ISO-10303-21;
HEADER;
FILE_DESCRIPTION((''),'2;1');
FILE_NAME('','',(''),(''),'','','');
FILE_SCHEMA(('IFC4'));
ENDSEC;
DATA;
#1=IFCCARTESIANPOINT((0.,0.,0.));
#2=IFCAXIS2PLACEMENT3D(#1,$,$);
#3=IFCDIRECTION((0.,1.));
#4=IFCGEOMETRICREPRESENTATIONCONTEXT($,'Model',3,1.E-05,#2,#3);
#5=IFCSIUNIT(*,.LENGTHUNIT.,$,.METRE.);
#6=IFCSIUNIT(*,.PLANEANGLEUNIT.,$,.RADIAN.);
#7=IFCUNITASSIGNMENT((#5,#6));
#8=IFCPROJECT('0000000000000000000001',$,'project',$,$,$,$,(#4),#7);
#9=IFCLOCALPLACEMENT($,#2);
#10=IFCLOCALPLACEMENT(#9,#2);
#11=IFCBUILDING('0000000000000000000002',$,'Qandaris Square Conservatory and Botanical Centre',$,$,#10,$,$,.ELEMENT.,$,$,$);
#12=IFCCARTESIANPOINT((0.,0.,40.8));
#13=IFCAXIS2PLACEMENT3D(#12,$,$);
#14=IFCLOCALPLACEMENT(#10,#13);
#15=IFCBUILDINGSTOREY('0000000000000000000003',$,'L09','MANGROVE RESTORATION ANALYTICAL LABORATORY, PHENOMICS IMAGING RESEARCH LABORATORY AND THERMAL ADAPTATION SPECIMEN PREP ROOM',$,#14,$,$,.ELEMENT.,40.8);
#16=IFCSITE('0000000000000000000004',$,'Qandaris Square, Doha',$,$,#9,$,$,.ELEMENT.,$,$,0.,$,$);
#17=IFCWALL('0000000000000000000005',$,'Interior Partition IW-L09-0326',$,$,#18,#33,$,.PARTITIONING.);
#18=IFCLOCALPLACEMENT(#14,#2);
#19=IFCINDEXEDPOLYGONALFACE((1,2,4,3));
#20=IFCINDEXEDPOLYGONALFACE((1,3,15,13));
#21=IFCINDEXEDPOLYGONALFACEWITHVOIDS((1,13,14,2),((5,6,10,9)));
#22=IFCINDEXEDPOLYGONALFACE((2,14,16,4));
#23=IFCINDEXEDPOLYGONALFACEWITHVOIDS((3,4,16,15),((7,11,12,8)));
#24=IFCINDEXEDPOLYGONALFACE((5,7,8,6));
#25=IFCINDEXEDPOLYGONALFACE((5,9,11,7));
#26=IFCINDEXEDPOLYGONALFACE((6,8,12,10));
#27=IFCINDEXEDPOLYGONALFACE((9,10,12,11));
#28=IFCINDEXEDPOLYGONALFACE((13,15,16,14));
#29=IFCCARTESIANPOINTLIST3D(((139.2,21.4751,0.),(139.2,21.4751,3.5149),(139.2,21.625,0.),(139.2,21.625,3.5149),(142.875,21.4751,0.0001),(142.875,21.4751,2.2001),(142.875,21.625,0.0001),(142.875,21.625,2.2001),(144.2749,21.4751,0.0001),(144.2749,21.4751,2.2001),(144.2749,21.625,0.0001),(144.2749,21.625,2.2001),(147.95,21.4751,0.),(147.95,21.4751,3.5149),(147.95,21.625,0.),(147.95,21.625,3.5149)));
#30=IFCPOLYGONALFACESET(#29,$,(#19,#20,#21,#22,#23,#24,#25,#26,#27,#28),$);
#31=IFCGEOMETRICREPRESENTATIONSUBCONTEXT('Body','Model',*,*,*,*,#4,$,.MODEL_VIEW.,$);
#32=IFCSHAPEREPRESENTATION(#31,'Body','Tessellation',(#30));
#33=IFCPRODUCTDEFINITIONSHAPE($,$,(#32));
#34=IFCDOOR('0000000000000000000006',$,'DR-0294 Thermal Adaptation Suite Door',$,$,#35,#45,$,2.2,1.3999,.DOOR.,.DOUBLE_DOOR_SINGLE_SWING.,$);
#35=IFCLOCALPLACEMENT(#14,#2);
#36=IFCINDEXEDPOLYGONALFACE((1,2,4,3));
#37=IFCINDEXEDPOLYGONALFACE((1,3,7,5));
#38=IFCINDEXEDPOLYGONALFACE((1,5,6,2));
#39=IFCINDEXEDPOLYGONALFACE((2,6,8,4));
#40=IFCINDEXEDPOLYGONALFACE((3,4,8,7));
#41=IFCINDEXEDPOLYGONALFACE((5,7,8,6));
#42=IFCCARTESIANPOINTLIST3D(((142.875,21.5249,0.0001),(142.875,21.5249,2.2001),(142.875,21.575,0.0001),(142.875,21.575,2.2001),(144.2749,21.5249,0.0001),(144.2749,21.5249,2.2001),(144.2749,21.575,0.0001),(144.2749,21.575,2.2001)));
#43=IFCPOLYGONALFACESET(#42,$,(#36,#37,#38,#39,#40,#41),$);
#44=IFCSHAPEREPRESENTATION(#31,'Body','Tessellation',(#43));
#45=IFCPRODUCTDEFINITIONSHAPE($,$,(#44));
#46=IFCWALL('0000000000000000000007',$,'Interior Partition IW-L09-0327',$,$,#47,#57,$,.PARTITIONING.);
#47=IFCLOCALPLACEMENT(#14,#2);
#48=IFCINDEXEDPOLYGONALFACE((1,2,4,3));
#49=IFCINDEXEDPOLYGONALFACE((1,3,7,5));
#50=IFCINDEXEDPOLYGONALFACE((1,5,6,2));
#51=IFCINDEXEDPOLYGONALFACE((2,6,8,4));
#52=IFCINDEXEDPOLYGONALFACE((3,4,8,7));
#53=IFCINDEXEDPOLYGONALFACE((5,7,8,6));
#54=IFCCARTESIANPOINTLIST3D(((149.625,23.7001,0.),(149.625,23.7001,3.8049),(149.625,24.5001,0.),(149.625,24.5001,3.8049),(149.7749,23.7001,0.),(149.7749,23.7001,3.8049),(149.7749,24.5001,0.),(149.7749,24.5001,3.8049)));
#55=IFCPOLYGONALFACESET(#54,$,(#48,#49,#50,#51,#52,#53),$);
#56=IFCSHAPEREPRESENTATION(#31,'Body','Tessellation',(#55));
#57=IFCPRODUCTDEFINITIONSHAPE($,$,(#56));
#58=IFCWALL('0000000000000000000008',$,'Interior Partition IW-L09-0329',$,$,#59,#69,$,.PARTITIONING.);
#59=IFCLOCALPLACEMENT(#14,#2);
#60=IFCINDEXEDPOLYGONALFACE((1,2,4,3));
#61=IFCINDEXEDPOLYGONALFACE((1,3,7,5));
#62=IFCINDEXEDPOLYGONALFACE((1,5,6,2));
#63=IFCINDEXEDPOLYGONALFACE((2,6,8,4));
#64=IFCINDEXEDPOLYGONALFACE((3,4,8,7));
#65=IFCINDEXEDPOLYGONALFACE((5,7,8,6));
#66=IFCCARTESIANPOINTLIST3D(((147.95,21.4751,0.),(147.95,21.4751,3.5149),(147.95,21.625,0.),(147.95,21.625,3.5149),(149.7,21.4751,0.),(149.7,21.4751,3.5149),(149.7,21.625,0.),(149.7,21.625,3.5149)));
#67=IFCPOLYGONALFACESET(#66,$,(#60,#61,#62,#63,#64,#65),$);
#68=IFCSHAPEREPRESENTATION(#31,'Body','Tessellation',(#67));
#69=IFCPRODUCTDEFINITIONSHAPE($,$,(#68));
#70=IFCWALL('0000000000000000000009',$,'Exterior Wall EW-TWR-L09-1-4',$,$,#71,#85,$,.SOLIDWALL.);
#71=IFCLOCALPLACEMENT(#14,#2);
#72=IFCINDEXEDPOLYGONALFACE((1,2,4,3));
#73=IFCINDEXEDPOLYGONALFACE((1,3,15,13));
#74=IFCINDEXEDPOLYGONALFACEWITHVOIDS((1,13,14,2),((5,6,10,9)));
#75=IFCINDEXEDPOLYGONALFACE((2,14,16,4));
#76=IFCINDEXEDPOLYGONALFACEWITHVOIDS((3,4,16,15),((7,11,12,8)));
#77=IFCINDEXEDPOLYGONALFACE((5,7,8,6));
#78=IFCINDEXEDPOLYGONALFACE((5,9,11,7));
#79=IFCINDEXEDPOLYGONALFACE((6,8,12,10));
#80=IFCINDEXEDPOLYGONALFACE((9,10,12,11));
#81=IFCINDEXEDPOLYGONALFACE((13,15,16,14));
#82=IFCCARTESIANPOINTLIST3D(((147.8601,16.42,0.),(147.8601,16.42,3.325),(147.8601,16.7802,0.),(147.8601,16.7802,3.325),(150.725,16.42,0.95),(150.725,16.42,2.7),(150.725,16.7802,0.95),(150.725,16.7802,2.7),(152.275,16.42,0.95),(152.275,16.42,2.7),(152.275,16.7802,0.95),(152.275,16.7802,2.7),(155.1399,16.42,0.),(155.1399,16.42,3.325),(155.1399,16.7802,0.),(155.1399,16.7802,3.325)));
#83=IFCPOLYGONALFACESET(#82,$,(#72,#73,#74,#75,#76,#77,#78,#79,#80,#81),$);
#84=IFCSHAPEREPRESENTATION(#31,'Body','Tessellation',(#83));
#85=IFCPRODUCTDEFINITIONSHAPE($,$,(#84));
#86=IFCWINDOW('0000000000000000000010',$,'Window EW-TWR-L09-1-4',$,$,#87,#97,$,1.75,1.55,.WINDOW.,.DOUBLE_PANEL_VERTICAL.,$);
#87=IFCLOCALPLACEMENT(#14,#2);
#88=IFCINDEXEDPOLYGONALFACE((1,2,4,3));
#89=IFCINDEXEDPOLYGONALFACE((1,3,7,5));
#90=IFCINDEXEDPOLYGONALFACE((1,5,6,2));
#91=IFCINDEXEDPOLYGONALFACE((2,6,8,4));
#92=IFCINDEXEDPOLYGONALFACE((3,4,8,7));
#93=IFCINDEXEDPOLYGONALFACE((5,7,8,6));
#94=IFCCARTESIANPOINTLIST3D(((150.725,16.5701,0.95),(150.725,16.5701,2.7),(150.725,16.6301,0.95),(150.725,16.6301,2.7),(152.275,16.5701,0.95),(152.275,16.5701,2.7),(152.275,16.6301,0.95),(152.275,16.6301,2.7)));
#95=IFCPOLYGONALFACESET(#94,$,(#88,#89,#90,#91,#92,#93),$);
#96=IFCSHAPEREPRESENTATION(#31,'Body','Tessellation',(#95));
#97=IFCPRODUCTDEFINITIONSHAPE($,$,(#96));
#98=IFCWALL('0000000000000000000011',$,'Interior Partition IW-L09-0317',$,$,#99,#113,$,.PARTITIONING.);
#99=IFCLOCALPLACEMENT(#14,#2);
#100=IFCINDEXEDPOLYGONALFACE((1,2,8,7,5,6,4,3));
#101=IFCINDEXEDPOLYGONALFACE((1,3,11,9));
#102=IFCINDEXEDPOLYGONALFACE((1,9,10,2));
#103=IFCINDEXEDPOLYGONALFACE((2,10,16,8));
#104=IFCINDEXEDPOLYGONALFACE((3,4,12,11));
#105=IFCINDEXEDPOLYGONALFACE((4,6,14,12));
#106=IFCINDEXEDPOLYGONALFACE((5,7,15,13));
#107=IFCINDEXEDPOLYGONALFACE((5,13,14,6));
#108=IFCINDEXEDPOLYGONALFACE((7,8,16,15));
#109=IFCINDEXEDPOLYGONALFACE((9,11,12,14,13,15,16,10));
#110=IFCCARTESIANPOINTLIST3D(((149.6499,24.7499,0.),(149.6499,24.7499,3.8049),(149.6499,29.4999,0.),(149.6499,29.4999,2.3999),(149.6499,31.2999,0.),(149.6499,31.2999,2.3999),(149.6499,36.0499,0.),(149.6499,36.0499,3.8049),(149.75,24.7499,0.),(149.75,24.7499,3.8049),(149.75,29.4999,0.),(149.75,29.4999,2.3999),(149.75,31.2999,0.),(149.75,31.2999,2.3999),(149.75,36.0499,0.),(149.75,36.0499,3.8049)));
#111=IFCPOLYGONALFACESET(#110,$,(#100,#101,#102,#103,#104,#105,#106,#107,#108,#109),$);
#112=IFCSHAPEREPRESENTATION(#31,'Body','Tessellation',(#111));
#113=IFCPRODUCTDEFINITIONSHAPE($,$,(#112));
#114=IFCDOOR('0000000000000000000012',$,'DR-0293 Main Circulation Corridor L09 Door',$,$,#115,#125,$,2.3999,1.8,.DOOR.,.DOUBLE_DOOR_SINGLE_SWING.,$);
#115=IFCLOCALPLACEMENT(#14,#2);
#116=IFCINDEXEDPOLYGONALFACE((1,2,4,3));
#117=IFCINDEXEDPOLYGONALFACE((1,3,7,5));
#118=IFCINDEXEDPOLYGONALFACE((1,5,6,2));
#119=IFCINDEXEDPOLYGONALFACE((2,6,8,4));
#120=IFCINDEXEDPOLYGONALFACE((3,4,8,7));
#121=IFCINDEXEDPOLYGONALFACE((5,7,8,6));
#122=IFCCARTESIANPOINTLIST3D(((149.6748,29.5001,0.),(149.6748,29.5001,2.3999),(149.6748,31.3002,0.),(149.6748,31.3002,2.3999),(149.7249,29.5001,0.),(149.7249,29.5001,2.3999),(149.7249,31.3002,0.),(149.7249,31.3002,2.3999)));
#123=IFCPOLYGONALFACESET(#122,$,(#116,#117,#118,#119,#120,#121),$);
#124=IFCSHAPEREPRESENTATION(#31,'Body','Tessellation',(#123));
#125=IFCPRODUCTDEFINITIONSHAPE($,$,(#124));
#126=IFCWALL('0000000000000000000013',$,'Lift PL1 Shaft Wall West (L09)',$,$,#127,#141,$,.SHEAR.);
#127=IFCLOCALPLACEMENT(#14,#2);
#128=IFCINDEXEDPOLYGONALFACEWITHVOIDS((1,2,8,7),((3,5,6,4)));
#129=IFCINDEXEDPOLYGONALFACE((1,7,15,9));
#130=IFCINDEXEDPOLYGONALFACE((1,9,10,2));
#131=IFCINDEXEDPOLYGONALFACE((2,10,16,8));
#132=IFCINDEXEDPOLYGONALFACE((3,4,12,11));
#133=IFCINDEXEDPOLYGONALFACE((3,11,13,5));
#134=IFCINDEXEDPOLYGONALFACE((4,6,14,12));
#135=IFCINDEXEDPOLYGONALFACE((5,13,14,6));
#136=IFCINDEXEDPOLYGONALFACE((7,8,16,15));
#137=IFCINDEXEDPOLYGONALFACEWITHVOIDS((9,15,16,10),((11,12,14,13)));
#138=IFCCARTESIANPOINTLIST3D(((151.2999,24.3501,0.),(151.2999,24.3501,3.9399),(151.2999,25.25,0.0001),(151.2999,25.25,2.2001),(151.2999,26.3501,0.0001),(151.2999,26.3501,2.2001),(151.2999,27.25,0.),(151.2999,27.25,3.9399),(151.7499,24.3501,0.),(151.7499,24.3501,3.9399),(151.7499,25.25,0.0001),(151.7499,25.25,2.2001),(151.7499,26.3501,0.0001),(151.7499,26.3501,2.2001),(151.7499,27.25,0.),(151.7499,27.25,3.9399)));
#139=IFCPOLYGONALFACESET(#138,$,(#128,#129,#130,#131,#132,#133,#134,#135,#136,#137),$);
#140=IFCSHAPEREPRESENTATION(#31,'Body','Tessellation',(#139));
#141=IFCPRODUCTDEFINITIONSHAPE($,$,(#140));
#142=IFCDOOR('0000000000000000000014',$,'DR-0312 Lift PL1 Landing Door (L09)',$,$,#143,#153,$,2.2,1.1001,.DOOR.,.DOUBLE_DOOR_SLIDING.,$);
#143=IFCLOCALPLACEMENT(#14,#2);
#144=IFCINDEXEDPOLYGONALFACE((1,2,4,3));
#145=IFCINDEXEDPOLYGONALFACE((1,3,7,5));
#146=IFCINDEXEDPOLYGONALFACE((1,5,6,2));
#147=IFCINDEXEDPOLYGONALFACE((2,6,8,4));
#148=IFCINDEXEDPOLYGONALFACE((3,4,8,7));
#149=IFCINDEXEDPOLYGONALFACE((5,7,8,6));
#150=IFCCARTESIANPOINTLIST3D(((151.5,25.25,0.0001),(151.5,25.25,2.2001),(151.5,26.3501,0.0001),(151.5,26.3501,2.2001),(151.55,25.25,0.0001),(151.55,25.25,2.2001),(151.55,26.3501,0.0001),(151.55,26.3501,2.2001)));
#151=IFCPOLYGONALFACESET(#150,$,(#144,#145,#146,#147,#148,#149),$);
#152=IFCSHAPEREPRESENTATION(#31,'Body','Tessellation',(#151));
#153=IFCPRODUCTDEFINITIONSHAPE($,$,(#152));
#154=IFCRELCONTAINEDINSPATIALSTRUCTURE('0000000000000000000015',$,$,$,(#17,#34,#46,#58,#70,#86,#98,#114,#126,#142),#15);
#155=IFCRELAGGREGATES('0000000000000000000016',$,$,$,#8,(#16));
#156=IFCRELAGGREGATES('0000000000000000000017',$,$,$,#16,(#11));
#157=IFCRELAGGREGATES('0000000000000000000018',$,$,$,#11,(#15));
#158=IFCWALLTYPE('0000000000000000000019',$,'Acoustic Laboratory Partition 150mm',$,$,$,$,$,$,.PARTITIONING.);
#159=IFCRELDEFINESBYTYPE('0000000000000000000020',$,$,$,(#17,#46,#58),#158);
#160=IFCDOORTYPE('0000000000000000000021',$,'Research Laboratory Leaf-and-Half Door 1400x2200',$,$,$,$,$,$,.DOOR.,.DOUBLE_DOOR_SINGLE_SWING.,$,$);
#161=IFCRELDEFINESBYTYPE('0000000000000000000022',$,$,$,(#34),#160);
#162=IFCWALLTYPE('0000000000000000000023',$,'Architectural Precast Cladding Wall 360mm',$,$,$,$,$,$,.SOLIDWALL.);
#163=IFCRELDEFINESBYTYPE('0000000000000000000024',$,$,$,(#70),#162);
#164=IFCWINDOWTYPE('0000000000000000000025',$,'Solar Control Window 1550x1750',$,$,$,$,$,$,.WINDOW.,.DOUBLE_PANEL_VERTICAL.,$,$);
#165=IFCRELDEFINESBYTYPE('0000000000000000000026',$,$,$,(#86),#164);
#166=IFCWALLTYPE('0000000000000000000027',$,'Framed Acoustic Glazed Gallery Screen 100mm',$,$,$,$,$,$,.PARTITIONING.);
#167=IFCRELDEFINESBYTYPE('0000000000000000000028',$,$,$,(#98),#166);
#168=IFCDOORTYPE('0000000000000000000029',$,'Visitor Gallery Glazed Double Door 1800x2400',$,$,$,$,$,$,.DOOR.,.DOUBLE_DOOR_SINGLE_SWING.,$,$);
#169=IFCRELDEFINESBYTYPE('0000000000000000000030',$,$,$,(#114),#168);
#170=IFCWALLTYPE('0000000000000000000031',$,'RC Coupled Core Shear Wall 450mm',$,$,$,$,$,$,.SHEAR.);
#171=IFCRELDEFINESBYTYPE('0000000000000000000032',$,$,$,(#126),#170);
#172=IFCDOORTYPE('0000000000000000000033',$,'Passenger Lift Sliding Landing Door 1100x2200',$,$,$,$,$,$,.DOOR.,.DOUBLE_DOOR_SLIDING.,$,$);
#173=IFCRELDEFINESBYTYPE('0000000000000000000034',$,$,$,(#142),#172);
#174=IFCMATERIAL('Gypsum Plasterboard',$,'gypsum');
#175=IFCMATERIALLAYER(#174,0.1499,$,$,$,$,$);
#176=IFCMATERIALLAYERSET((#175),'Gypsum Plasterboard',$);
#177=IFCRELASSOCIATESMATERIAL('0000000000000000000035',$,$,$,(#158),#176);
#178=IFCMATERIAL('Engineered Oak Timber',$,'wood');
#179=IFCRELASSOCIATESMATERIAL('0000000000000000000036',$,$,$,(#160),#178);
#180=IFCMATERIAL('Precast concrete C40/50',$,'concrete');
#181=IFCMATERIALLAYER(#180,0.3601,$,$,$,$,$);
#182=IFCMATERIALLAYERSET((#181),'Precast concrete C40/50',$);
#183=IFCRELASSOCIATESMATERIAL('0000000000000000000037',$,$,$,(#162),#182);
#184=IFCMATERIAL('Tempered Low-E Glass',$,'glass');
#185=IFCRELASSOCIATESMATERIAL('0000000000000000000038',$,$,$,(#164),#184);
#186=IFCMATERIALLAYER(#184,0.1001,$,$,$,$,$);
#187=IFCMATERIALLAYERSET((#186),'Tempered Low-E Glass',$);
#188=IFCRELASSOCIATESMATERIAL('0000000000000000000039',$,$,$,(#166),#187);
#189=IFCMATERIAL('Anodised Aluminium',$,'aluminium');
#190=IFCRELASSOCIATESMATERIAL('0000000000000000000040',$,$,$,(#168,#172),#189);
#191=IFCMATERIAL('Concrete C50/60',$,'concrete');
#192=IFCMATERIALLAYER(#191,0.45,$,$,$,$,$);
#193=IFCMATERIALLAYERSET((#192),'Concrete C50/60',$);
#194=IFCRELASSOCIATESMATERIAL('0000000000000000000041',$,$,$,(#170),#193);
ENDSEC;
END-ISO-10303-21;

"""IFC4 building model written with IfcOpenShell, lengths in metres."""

from ifc_helpers import new_model, si_unit, direction, frame, frame_2d, origin, place, context, subcontext, project, spatial, rectangle, extrude, material, layer, layer_set, type_object, element, fill, save


model = new_model("IFC4")

# Units and contexts
model_context = context("Model", 3, precision=1e-05, world=origin(), true_north=direction((0.0, 1.0)))
body_context = subcontext(model_context, "Body", "Model", "MODEL_VIEW")
ifc_project = project(units=[si_unit("LENGTHUNIT", "METRE"), si_unit("PLANEANGLEUNIT", "RADIAN")], contexts=[model_context])

# Site, building, storey
site_placement = place(None, origin())
site = spatial("IfcSite", under=ifc_project, at=site_placement, Name="Qandaris Square, Doha", CompositionType="ELEMENT", RefElevation=0.0)
building_placement = place(site_placement, origin())
building = spatial("IfcBuilding", under=site, at=building_placement, Name="Qandaris Square Conservatory and Botanical Centre", CompositionType="ELEMENT")
storey_placement = place(building_placement, frame((0.0, 0.0, 40.8)))
storey = spatial("IfcBuildingStorey", under=building, at=storey_placement, Name="L09", Description="MANGROVE RESTORATION ANALYTICAL LABORATORY, PHENOMICS IMAGING RESEARCH LABORATORY AND THERMAL ADAPTATION SPECIMEN PREP ROOM", CompositionType="ELEMENT", Elevation=40.8)

# Shared definitions
ifc_material_1 = material(Name="Concrete C50/60", Category="concrete")

# Wall, opening, door
ifc_material_2 = material(Name="Gypsum Plasterboard", Category="gypsum")
ifc_layer_1 = layer(ifc_material_2, 0.1499)
ifc_layer_set_1 = layer_set([ifc_layer_1], Name="Gypsum Plasterboard")
wall_type_1 = type_object("IfcWallType", Name="Acoustic Laboratory Partition 150mm", PredefinedType="PARTITIONING", material=ifc_layer_set_1)
wall_1_placement = place(storey_placement, frame((147.95, 21.55, 0.0), z_axis=(0.0, 0.0, 1.0), x_axis=(-1.0, 0.0, 0.0)))
wall_1 = element("IfcWall", 1, at=wall_1_placement, inside=storey, type_object=wall_type_1, Name="Interior Partition IW-L09-0326", PredefinedType="PARTITIONING", context=body_context, shape_type="SweptSolid", body=[
    extrude(rectangle(XDim=8.75, YDim=0.1499, at=frame_2d((4.375, 0.0))), origin(), (0.0, 0.0, 1.0), 3.5149),
])
opening_1_placement = place(wall_1_placement, frame((3.675, 0.0, 0.0)))
opening_1 = element("IfcOpeningElement", 2, at=opening_1_placement, cuts=wall_1, PredefinedType="OPENING", context=body_context, shape_type="SweptSolid", body=[
    extrude(rectangle(XDim=1.3999, YDim=2.2, at=frame_2d((0.7, 1.1001))), frame((0.0, 0.0869, 0.0), z_axis=(0.0, -1.0, 0.0), x_axis=(1.0, 0.0, 0.0)), (0.0, 0.0, 1.0), 0.1738),
])
ifc_material_3 = material(Name="Engineered Oak Timber", Category="wood")
door_type_1 = type_object("IfcDoorType", Name="Research Laboratory Leaf-and-Half Door 1400x2200", OperationType="DOUBLE_DOOR_SINGLE_SWING", PredefinedType="DOOR", material=ifc_material_3)
door_1_placement = place(opening_1_placement, frame((1.3999, 0.0, 0.0), z_axis=(0.0, 0.0, 1.0), x_axis=(-1.0, 0.0, 0.0)))
door_1 = element("IfcDoor", 3, at=door_1_placement, inside=storey, type_object=door_type_1, Name="DR-0294 Thermal Adaptation Suite Door", OperationType="DOUBLE_DOOR_SINGLE_SWING", OverallHeight=2.2, OverallWidth=1.3999, PredefinedType="DOOR", context=body_context, shape_type="SweptSolid", body=[
    extrude(rectangle(XDim=1.3999, YDim=2.2, at=frame_2d((0.7, 1.1001))), frame((0.0, 0.0249, 0.0), z_axis=(0.0, -1.0, 0.0), x_axis=(1.0, 0.0, 0.0)), (0.0, 0.0, 1.0), 0.05),
])
fill(opening_1, door_1)

# Walls
wall_2_placement = place(storey_placement, frame((149.7, 24.5, 0.0), z_axis=(0.0, 0.0, 1.0), x_axis=(0.0, -1.0, 0.0)))
element("IfcWall", 4, at=wall_2_placement, inside=storey, type_object=wall_type_1, Name="Interior Partition IW-L09-0327", PredefinedType="PARTITIONING", context=body_context, shape_type="SweptSolid", body=[
    extrude(rectangle(XDim=0.8, YDim=0.1499, at=frame_2d((0.3999, 0.0))), origin(), (0.0, 0.0, 1.0), 3.8049),
])
wall_3_placement = place(storey_placement, frame((149.7, 21.55, 0.0), z_axis=(0.0, 0.0, 1.0), x_axis=(-1.0, 0.0, 0.0)))
element("IfcWall", 5, at=wall_3_placement, inside=storey, type_object=wall_type_1, Name="Interior Partition IW-L09-0329", PredefinedType="PARTITIONING", context=body_context, shape_type="SweptSolid", body=[
    extrude(rectangle(XDim=1.75, YDim=0.1499, at=frame_2d((0.875, 0.0))), origin(), (0.0, 0.0, 1.0), 3.5149),
])

# Wall, opening, window
ifc_material_4 = material(Name="Precast concrete C40/50", Category="concrete")
ifc_layer_2 = layer(ifc_material_4, 0.3601)
ifc_layer_set_2 = layer_set([ifc_layer_2], Name="Precast concrete C40/50")
wall_type_2 = type_object("IfcWallType", Name="Architectural Precast Cladding Wall 360mm", PredefinedType="SOLIDWALL", material=ifc_layer_set_2)
wall_4_placement = place(storey_placement, frame((147.8601, 16.6001, 0.0), z_axis=(0.0, 0.0, 1.0), x_axis=(1.0, 0.0, 0.0)))
wall_4 = element("IfcWall", 6, at=wall_4_placement, inside=storey, type_object=wall_type_2, Name="Exterior Wall EW-TWR-L09-1-4", PredefinedType="SOLIDWALL", context=body_context, shape_type="SweptSolid", body=[
    extrude(rectangle(XDim=7.2798, YDim=0.3601, at=frame_2d((3.6399, 0.0))), origin(), (0.0, 0.0, 1.0), 3.325),
])
opening_2_placement = place(wall_4_placement, frame((2.865, 0.0, 0.95)))
opening_2 = element("IfcOpeningElement", 7, at=opening_2_placement, cuts=wall_4, PredefinedType="OPENING", context=body_context, shape_type="SweptSolid", body=[
    extrude(rectangle(XDim=1.55, YDim=1.75, at=frame_2d((0.7749, 0.875))), frame((0.0, 0.1919, 0.0), z_axis=(0.0, -1.0, 0.0), x_axis=(1.0, 0.0, 0.0)), (0.0, 0.0, 1.0), 0.384),
])
ifc_material_5 = material(Name="Tempered Low-E Glass", Category="glass")
window_type = type_object("IfcWindowType", Name="Solar Control Window 1550x1750", PartitioningType="DOUBLE_PANEL_VERTICAL", PredefinedType="WINDOW", material=ifc_material_5)
window_placement = place(opening_2_placement, origin())
window = element("IfcWindow", 8, at=window_placement, inside=storey, type_object=window_type, Name="Window EW-TWR-L09-1-4", OverallHeight=1.75, OverallWidth=1.55, PartitioningType="DOUBLE_PANEL_VERTICAL", PredefinedType="WINDOW", context=body_context, shape_type="SweptSolid", body=[
    extrude(rectangle(XDim=1.55, YDim=1.75, at=frame_2d((0.7749, 0.875))), frame((0.0, 0.03, 0.0), z_axis=(0.0, -1.0, 0.0), x_axis=(1.0, 0.0, 0.0)), (0.0, 0.0, 1.0), 0.0601),
])
fill(opening_2, window)

# Walls, openings, doors
ifc_layer_3 = layer(ifc_material_5, 0.1001)
ifc_layer_set_3 = layer_set([ifc_layer_3], Name="Tempered Low-E Glass")
wall_type_3 = type_object("IfcWallType", Name="Framed Acoustic Glazed Gallery Screen 100mm", PredefinedType="PARTITIONING", material=ifc_layer_set_3)
wall_5_placement = place(storey_placement, frame((149.7, 24.75, 0.0), z_axis=(0.0, 0.0, 1.0), x_axis=(0.0, 1.0, 0.0)))
wall_5 = element("IfcWall", 9, at=wall_5_placement, inside=storey, type_object=wall_type_3, Name="Interior Partition IW-L09-0317", PredefinedType="PARTITIONING", context=body_context, shape_type="SweptSolid", body=[
    extrude(rectangle(XDim=11.3, YDim=0.1001, at=frame_2d((5.6499, 0.0))), origin(), (0.0, 0.0, 1.0), 3.8049),
])
opening_3_placement = place(wall_5_placement, frame((4.75, 0.0, 0.0)))
opening_3 = element("IfcOpeningElement", 10, at=opening_3_placement, cuts=wall_5, PredefinedType="OPENING", context=body_context, shape_type="SweptSolid", body=[
    extrude(rectangle(XDim=1.8, YDim=2.3999, at=frame_2d((0.8999, 1.2))), frame((0.0, 0.062, 0.0), z_axis=(0.0, -1.0, 0.0), x_axis=(1.0, 0.0, 0.0)), (0.0, 0.0, 1.0), 0.124),
])
ifc_material_6 = material(Name="Anodised Aluminium", Category="aluminium")
door_type_2 = type_object("IfcDoorType", Name="Visitor Gallery Glazed Double Door 1800x2400", OperationType="DOUBLE_DOOR_SINGLE_SWING", PredefinedType="DOOR", material=ifc_material_6)
door_2_placement = place(opening_3_placement, frame((1.8, 0.0, 0.0), z_axis=(0.0, 0.0, 1.0), x_axis=(-1.0, 0.0, 0.0)))
door_2 = element("IfcDoor", 11, at=door_2_placement, inside=storey, type_object=door_type_2, Name="DR-0293 Main Circulation Corridor L09 Door", OperationType="DOUBLE_DOOR_SINGLE_SWING", OverallHeight=2.3999, OverallWidth=1.8, PredefinedType="DOOR", context=body_context, shape_type="SweptSolid", body=[
    extrude(rectangle(XDim=1.8, YDim=2.3999, at=frame_2d((0.8999, 1.2))), frame((0.0, 0.0249, 0.0), z_axis=(0.0, -1.0, 0.0), x_axis=(1.0, 0.0, 0.0)), (0.0, 0.0, 1.0), 0.05),
])
fill(opening_3, door_2)
ifc_layer_4 = layer(ifc_material_1, 0.45)
ifc_layer_set_4 = layer_set([ifc_layer_4], Name="Concrete C50/60")
wall_type_4 = type_object("IfcWallType", Name="RC Coupled Core Shear Wall 450mm", PredefinedType="SHEAR", material=ifc_layer_set_4)
wall_6_placement = place(storey_placement, frame((151.5249, 24.3501, 0.0), z_axis=(0.0, 0.0, 1.0), x_axis=(0.0, 1.0, 0.0)))
wall_6 = element("IfcWall", 12, at=wall_6_placement, inside=storey, type_object=wall_type_4, Name="Lift PL1 Shaft Wall West (L09)", PredefinedType="SHEAR", context=body_context, shape_type="SweptSolid", body=[
    extrude(rectangle(XDim=2.8999, YDim=0.45, at=frame_2d((1.45, 0.0))), origin(), (0.0, 0.0, 1.0), 3.9399),
])
opening_4_placement = place(wall_6_placement, frame((0.8999, 0.0, 0.0)))
opening_4 = element("IfcOpeningElement", 13, at=opening_4_placement, cuts=wall_6, PredefinedType="OPENING", context=body_context, shape_type="SweptSolid", body=[
    extrude(rectangle(XDim=1.1001, YDim=2.2, at=frame_2d((0.55, 1.1001))), frame((0.0, 0.2368, 0.0), z_axis=(0.0, -1.0, 0.0), x_axis=(1.0, 0.0, 0.0)), (0.0, 0.0, 1.0), 0.4739),
])
door_type_3 = type_object("IfcDoorType", Name="Passenger Lift Sliding Landing Door 1100x2200", OperationType="DOUBLE_DOOR_SLIDING", PredefinedType="DOOR", material=ifc_material_6)
door_3_placement = place(opening_4_placement, origin())
door_3 = element("IfcDoor", 14, at=door_3_placement, inside=storey, type_object=door_type_3, Name="DR-0312 Lift PL1 Landing Door (L09)", OperationType="DOUBLE_DOOR_SLIDING", OverallHeight=2.2, OverallWidth=1.1001, PredefinedType="DOOR", context=body_context, shape_type="SweptSolid", body=[
    extrude(rectangle(XDim=1.1001, YDim=2.2, at=frame_2d((0.55, 1.1001))), frame((0.0, 0.0249, 0.0), z_axis=(0.0, -1.0, 0.0), x_axis=(1.0, 0.0, 0.0)), (0.0, 0.0, 1.0), 0.05),
])
fill(opening_4, door_3)

save(model, "model.ifc")
